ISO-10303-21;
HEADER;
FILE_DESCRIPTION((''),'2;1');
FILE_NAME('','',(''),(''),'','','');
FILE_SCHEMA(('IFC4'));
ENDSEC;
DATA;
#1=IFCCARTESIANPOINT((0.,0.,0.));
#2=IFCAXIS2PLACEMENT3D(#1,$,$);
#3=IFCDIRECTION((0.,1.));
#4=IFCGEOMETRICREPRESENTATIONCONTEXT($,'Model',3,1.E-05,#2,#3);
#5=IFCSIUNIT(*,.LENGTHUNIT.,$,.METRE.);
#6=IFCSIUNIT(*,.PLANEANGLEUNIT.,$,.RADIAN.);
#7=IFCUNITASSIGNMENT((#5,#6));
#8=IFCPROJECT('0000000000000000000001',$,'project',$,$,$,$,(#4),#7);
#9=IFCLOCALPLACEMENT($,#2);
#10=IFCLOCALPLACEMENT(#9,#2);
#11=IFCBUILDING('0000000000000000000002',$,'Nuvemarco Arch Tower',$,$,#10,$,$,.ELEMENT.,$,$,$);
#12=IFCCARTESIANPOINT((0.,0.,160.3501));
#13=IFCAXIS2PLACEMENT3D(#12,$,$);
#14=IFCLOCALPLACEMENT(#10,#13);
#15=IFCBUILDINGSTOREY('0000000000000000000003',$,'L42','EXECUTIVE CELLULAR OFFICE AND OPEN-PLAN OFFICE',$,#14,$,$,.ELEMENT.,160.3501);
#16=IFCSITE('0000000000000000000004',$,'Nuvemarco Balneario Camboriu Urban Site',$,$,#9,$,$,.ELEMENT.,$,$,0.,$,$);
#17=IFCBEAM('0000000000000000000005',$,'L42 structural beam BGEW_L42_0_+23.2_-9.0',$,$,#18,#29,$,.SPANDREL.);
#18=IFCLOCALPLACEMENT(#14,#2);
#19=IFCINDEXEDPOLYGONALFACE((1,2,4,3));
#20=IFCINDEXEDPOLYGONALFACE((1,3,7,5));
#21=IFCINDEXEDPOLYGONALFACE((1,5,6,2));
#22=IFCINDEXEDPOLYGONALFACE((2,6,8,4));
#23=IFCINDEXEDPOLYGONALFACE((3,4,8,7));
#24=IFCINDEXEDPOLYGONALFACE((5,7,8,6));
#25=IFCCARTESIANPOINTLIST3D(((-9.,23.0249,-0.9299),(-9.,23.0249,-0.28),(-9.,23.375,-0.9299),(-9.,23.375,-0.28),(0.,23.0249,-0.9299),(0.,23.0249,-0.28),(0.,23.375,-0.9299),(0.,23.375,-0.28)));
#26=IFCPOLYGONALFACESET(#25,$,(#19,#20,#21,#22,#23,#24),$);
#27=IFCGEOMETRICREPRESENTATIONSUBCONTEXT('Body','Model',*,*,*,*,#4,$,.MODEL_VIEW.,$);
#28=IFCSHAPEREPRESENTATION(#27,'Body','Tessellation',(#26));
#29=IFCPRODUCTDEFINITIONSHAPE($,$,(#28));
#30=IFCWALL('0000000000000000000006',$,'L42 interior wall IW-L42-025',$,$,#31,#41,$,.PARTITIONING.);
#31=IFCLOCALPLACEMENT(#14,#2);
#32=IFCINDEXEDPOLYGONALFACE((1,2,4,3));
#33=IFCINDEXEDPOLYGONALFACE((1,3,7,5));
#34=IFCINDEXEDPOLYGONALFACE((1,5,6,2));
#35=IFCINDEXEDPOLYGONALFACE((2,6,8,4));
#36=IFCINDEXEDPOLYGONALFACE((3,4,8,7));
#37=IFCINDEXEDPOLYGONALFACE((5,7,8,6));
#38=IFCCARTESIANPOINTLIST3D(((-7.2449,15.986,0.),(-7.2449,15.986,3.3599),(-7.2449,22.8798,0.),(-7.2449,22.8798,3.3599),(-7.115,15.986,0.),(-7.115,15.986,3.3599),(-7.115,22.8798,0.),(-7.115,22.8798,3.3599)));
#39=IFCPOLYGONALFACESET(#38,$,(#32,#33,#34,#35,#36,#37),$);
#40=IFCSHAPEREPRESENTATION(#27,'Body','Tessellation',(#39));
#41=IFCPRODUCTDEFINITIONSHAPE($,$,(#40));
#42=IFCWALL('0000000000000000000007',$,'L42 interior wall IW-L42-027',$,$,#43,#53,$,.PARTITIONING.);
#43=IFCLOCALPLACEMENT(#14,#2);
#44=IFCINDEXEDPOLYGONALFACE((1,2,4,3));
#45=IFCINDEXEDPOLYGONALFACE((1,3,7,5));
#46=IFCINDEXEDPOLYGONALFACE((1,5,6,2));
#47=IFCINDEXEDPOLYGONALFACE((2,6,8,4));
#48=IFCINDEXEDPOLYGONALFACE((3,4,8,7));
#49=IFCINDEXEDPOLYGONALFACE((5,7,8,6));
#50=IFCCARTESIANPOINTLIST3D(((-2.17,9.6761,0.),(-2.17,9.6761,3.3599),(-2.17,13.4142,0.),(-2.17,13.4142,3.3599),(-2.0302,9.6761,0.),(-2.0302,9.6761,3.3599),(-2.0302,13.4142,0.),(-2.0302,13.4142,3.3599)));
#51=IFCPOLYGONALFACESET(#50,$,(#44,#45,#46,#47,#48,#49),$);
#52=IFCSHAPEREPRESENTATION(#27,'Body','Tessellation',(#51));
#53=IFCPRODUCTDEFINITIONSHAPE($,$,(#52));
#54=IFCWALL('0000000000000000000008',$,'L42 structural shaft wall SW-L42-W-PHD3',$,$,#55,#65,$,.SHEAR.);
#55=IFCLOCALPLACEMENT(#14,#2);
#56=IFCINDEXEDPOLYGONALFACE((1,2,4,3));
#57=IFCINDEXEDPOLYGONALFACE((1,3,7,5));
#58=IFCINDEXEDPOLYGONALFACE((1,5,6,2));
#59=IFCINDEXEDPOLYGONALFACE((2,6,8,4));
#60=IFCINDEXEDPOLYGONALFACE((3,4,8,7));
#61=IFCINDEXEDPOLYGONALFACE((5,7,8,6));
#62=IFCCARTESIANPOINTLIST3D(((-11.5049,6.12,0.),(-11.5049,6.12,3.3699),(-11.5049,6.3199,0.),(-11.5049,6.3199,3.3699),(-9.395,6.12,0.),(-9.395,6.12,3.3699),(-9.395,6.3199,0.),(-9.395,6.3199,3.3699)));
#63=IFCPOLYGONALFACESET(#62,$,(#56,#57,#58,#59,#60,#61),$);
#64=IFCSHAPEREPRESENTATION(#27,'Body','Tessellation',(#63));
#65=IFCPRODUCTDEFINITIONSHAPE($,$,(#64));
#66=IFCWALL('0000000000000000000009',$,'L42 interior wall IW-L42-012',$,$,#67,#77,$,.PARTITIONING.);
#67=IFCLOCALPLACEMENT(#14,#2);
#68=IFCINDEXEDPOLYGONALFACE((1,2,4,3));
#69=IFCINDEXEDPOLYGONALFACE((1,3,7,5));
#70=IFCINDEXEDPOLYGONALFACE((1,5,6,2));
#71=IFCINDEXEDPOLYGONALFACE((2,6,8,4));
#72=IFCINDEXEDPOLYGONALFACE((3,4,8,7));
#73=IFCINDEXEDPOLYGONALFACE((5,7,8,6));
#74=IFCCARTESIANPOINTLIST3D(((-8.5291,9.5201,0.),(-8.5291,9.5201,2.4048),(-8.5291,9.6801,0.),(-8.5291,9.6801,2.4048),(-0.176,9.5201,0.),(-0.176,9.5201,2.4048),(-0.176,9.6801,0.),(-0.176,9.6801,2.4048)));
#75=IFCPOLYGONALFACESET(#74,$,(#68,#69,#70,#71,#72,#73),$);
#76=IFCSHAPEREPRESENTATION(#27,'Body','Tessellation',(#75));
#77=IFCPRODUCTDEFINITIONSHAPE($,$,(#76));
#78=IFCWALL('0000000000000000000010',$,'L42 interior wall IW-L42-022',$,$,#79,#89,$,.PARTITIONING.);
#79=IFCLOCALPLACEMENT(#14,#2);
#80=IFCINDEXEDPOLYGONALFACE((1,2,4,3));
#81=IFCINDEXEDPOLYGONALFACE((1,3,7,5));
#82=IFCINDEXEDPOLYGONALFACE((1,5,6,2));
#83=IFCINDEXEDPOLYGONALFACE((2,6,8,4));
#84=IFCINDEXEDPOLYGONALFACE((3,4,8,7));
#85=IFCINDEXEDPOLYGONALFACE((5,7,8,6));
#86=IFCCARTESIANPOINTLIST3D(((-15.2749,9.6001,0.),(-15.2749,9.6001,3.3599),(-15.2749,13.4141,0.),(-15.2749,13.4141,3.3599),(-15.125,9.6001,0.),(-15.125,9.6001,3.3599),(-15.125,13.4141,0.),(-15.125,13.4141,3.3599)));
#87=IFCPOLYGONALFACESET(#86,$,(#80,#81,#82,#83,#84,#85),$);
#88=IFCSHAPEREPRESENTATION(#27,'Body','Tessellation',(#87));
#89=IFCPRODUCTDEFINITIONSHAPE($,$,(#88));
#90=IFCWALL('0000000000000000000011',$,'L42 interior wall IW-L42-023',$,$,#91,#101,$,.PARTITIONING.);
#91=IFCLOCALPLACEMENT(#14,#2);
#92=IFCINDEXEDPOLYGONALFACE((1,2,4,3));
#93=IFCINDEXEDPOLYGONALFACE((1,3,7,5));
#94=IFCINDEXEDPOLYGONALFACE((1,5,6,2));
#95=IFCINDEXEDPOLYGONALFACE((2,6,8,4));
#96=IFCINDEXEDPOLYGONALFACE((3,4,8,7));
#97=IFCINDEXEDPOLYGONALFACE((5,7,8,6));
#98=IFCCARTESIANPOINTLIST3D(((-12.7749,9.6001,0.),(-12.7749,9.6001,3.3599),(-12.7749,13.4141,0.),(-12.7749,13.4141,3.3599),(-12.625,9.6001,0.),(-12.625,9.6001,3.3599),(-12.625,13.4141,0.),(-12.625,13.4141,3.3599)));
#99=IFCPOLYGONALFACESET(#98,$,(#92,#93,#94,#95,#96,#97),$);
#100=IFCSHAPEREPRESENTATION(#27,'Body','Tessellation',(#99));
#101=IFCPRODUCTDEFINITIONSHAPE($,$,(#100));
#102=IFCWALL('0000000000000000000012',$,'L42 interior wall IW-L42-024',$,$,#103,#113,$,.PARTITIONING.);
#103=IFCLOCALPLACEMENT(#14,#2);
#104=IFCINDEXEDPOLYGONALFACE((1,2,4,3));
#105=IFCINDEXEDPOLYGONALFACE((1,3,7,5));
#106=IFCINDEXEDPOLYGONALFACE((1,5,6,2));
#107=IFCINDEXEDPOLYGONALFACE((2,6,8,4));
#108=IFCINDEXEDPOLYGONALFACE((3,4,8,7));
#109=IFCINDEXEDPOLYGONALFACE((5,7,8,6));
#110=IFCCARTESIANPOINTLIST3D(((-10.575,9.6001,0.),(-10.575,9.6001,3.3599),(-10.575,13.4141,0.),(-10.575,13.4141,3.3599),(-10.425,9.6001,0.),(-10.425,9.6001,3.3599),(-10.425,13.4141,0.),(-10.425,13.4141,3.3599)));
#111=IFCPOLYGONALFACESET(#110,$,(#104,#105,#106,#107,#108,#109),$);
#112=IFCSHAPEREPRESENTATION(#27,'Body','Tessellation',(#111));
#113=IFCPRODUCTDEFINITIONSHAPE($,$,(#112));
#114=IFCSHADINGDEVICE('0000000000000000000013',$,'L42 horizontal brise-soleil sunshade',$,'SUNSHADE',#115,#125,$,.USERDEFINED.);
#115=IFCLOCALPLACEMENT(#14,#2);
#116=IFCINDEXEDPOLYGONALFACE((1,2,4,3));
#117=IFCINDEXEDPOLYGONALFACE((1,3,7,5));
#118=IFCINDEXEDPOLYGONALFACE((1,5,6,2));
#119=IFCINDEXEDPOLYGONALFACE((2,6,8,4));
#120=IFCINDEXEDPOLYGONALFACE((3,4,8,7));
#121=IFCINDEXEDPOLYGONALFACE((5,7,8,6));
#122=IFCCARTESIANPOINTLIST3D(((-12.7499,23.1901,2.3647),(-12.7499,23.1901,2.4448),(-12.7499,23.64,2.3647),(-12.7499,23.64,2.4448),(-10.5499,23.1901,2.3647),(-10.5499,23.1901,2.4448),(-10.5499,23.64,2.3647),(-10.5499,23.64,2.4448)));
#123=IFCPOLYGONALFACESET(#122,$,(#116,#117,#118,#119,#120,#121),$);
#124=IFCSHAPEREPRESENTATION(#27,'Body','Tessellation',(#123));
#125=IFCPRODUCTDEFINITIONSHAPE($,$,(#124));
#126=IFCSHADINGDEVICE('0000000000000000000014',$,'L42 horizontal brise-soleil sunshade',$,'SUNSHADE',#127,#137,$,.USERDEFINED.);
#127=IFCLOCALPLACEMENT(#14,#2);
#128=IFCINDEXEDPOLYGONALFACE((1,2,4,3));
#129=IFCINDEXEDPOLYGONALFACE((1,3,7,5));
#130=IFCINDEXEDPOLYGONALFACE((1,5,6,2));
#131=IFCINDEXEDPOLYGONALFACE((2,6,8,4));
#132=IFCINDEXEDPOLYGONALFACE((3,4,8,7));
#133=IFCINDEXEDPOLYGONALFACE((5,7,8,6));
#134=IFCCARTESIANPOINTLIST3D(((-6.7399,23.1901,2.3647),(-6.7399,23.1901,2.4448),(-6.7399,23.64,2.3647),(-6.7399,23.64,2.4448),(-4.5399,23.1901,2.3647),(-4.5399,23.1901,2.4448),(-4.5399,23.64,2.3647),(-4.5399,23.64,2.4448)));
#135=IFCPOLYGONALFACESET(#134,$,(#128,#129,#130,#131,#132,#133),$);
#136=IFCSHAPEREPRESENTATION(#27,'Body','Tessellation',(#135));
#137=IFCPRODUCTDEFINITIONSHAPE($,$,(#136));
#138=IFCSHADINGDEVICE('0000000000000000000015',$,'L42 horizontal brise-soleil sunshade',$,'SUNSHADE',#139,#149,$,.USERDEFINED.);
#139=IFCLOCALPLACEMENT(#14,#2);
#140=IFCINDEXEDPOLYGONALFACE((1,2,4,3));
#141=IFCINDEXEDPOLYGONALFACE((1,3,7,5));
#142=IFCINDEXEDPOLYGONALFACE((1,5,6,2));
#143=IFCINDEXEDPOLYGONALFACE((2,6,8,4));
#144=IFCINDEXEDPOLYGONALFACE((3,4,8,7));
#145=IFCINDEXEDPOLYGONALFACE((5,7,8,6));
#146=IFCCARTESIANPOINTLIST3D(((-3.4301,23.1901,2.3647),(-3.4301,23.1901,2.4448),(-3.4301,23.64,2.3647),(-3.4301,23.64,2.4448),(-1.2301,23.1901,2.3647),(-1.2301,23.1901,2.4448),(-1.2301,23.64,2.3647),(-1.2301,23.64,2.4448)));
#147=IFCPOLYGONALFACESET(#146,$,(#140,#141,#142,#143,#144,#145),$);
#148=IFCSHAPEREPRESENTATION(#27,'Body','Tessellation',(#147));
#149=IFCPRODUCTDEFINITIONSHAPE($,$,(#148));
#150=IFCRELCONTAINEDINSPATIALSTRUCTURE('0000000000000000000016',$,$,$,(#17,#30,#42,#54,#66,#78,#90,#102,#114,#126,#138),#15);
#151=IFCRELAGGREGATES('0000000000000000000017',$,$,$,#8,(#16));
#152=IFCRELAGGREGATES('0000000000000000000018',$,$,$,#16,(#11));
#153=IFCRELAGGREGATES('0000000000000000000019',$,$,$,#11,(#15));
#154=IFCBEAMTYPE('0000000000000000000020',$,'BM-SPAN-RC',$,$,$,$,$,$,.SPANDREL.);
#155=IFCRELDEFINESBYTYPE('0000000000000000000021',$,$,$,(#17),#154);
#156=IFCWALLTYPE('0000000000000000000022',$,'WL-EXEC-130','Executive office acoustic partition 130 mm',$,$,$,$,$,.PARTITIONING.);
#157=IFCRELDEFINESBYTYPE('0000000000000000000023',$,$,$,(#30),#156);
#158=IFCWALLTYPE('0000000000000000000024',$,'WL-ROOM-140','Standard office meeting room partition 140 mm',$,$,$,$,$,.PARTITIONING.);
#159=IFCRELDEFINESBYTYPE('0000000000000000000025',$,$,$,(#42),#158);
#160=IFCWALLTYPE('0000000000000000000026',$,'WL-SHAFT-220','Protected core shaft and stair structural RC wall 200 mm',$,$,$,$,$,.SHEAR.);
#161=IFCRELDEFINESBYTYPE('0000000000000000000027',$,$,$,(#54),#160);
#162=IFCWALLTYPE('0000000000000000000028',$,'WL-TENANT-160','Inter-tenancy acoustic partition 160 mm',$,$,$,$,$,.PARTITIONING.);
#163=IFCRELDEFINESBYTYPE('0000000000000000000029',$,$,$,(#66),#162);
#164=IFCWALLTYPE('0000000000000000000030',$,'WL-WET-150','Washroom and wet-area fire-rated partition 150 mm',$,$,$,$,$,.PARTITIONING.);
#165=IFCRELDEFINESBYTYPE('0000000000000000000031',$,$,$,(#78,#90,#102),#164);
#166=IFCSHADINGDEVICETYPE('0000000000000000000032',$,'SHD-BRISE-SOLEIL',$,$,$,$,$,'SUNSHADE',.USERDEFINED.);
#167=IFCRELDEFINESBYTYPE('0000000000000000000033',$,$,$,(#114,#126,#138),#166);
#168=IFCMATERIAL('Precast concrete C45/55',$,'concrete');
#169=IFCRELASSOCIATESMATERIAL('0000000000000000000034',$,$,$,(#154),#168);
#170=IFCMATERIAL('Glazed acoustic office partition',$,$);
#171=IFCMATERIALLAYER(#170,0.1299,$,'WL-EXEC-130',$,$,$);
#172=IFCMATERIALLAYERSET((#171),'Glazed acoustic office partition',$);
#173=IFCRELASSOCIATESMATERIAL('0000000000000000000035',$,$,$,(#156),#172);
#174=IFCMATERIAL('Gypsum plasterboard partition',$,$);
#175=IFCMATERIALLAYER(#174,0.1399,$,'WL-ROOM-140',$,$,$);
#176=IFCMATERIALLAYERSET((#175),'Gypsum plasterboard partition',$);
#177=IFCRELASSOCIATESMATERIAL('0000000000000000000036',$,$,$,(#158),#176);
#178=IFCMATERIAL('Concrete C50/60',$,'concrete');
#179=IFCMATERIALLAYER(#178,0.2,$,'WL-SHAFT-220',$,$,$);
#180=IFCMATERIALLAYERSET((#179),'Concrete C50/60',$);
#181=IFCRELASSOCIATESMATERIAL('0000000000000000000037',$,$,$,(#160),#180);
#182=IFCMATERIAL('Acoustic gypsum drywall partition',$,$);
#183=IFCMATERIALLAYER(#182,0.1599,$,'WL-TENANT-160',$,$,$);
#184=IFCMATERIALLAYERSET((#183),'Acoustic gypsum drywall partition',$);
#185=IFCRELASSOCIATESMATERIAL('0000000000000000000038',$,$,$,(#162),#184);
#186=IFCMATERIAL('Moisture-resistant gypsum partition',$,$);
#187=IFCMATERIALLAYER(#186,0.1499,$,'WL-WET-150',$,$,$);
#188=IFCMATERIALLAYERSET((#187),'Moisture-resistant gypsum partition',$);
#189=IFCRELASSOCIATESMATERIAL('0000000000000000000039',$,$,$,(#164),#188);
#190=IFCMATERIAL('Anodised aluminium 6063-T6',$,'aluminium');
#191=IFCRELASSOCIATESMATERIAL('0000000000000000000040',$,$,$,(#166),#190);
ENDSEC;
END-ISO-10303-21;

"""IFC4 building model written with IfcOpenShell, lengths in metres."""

from ifc_helpers import new_model, si_unit, direction, frame, frame_2d, origin, origin_2d, place, context, subcontext, project, spatial, rectangle, extrude, source, transform, mapped, material, layer, layer_set, material_profile, profile_set, type_object, type_shapes, element, save


model = new_model("IFC4")

# Units and contexts
model_context = context("Model", 3, precision=1e-05, world=origin(), true_north=direction((0.0, 1.0)))
body_context = subcontext(model_context, "Body", "Model", "MODEL_VIEW")
ifc_project = project(units=[si_unit("LENGTHUNIT", "METRE"), si_unit("PLANEANGLEUNIT", "RADIAN")], contexts=[model_context])

# Site, building, storey
site_placement = place(None, origin())
site = spatial("IfcSite", under=ifc_project, at=site_placement, Name="Nuvemarco Balneario Camboriu Urban Site", CompositionType="ELEMENT", RefElevation=0.0)
building_placement = place(site_placement, origin())
building = spatial("IfcBuilding", under=site, at=building_placement, Name="Nuvemarco Arch Tower", CompositionType="ELEMENT")
storey_placement = place(building_placement, frame((0.0, 0.0, 160.3501)))
storey = spatial("IfcBuildingStorey", under=building, at=storey_placement, Name="L42", Description="EXECUTIVE CELLULAR OFFICE AND OPEN-PLAN OFFICE", CompositionType="ELEMENT", Elevation=160.3501)

# Shared definitions
ifc_material_1 = material(Name="Concrete C50/60", Category="concrete")

# Beam
ifc_material_2 = material(Name="Precast concrete C45/55", Category="concrete")
ifc_material_profile_1 = material_profile(ifc_material_2, rectangle(XDim=0.3501, YDim=0.6499, at=origin_2d()), Name="PC-SP-350x650")
ifc_profile_set_1 = profile_set([ifc_material_profile_1], Name="Precast concrete C45/55")
beam_type_1 = type_object("IfcBeamType", Name="BM-SPAN-RC", PredefinedType="SPANDREL", material=ifc_profile_set_1)
beam_1_placement = place(storey_placement, frame((-9.0, 23.2, -0.605), z_axis=(1.0, 0.0, 0.0), x_axis=(0.0, 1.0, 0.0)))
element("IfcBeam", 1, at=beam_1_placement, inside=storey, type_object=beam_type_1, Name="L42 structural beam BGEW_L42_0_+23.2_-9.0", PredefinedType="SPANDREL", context=body_context, shape_type="SweptSolid", body=[
    extrude(rectangle(XDim=0.3501, YDim=0.6499, at=origin_2d()), origin(), (0.0, 0.0, 1.0), 9.0),
])

# Walls
ifc_material_3 = material(Name="Glazed acoustic office partition")
ifc_layer_1 = layer(ifc_material_3, 0.1299, Name="WL-EXEC-130")
ifc_layer_set_1 = layer_set([ifc_layer_1], Name="Glazed acoustic office partition")
wall_type_1 = type_object("IfcWallType", Name="WL-EXEC-130", Description="Executive office acoustic partition 130 mm", PredefinedType="PARTITIONING", material=ifc_layer_set_1)
wall_1_placement = place(storey_placement, frame((-7.1799, 15.9861, 0.0), z_axis=(0.0, 0.0, 1.0), x_axis=(0.0, 1.0, 0.0)))
element("IfcWall", 2, at=wall_1_placement, inside=storey, type_object=wall_type_1, Name="L42 interior wall IW-L42-025", PredefinedType="PARTITIONING", context=body_context, shape_type="SweptSolid", body=[
    extrude(rectangle(XDim=6.8938, YDim=0.1299, at=frame_2d((3.4468, 0.0))), origin(), (0.0, 0.0, 1.0), 3.3599),
])
ifc_material_4 = material(Name="Gypsum plasterboard partition")
ifc_layer_2 = layer(ifc_material_4, 0.1399, Name="WL-ROOM-140")
ifc_layer_set_2 = layer_set([ifc_layer_2], Name="Gypsum plasterboard partition")
wall_type_2 = type_object("IfcWallType", Name="WL-ROOM-140", Description="Standard office meeting room partition 140 mm", PredefinedType="PARTITIONING", material=ifc_layer_set_2)
wall_2_placement = place(storey_placement, frame((-2.1001, 9.676, 0.0), z_axis=(0.0, 0.0, 1.0), x_axis=(0.0, 1.0, 0.0)))
element("IfcWall", 3, at=wall_2_placement, inside=storey, type_object=wall_type_2, Name="L42 interior wall IW-L42-027", PredefinedType="PARTITIONING", context=body_context, shape_type="SweptSolid", body=[
    extrude(rectangle(XDim=3.738, YDim=0.1399, at=frame_2d((1.8691, 0.0))), origin(), (0.0, 0.0, 1.0), 3.3599),
])
ifc_layer_3 = layer(ifc_material_1, 0.2, Name="WL-SHAFT-220")
ifc_layer_set_3 = layer_set([ifc_layer_3], Name="Concrete C50/60")
wall_type_3 = type_object("IfcWallType", Name="WL-SHAFT-220", Description="Protected core shaft and stair structural RC wall 200 mm", PredefinedType="SHEAR", material=ifc_layer_set_3)
wall_3_placement = place(storey_placement, frame((-11.5049, 6.22, 0.0), z_axis=(0.0, 0.0, 1.0), x_axis=(1.0, 0.0, 0.0)))
element("IfcWall", 4, at=wall_3_placement, inside=storey, type_object=wall_type_3, Name="L42 structural shaft wall SW-L42-W-PHD3", PredefinedType="SHEAR", context=body_context, shape_type="SweptSolid", body=[
    extrude(rectangle(XDim=2.1099, YDim=0.2, at=frame_2d((1.0549, 0.0))), origin(), (0.0, 0.0, 1.0), 3.3699),
])
ifc_material_5 = material(Name="Acoustic gypsum drywall partition")
ifc_layer_4 = layer(ifc_material_5, 0.1599, Name="WL-TENANT-160")
ifc_layer_set_4 = layer_set([ifc_layer_4], Name="Acoustic gypsum drywall partition")
wall_type_4 = type_object("IfcWallType", Name="WL-TENANT-160", Description="Inter-tenancy acoustic partition 160 mm", PredefinedType="PARTITIONING", material=ifc_layer_set_4)
wall_4_placement = place(storey_placement, frame((-8.5291, 9.6001, 0.0), z_axis=(0.0, 0.0, 1.0), x_axis=(1.0, 0.0, 0.0)))
element("IfcWall", 5, at=wall_4_placement, inside=storey, type_object=wall_type_4, Name="L42 interior wall IW-L42-012", PredefinedType="PARTITIONING", context=body_context, shape_type="SweptSolid", body=[
    extrude(rectangle(XDim=8.353, YDim=0.1599, at=frame_2d((4.1765, 0.0))), origin(), (0.0, 0.0, 1.0), 2.4048),
])
ifc_material_6 = material(Name="Moisture-resistant gypsum partition")
ifc_layer_5 = layer(ifc_material_6, 0.1499, Name="WL-WET-150")
ifc_layer_set_5 = layer_set([ifc_layer_5], Name="Moisture-resistant gypsum partition")
wall_type_5 = type_object("IfcWallType", Name="WL-WET-150", Description="Washroom and wet-area fire-rated partition 150 mm", PredefinedType="PARTITIONING", material=ifc_layer_set_5)
for number, where, z_axis, x_axis, name in (
    (6, (-15.2, 9.6001, 0.0), (0.0, 0.0, 1.0), (0.0, 1.0, 0.0), "L42 interior wall IW-L42-022"),
    (7, (-12.7, 9.6001, 0.0), (0.0, 0.0, 1.0), (0.0, 1.0, 0.0), "L42 interior wall IW-L42-023"),
    (8, (-10.5, 9.6001, 0.0), (0.0, 0.0, 1.0), (0.0, 1.0, 0.0), "L42 interior wall IW-L42-024"),
):
    element("IfcWall", number, at=place(storey_placement, frame(where, z_axis=z_axis, x_axis=x_axis)), inside=storey, type_object=wall_type_5, Name=name, PredefinedType="PARTITIONING", context=body_context, shape_type="SweptSolid", body=[
        extrude(rectangle(XDim=3.814, YDim=0.1499, at=frame_2d((1.907, 0.0))), origin(), (0.0, 0.0, 1.0), 3.3599),
    ])

# Shading devices
ifc_material_7 = material(Name="Anodised aluminium 6063-T6", Category="aluminium")
shading_device_type = type_object("IfcShadingDeviceType", Name="SHD-BRISE-SOLEIL", ElementType="SUNSHADE", PredefinedType="USERDEFINED", material=ifc_material_7)
shared_shape = source(origin(), body_context, "Body", "SweptSolid", [
    extrude(rectangle(XDim=2.2, YDim=0.45, at=origin_2d()), origin(), (0.0, 0.0, 1.0), 0.0801),
])
type_shapes(shading_device_type, [shared_shape])
for number, where, z_axis, x_axis, name in (
    (9, (-11.6499, 23.415, 2.3647), (0.0, 0.0, 1.0), (1.0, 0.0, 0.0), "L42 horizontal brise-soleil sunshade"),
    (10, (-5.6399, 23.415, 2.3647), (0.0, 0.0, 1.0), (1.0, 0.0, 0.0), "L42 horizontal brise-soleil sunshade"),
    (11, (-2.3301, 23.415, 2.3647), (0.0, 0.0, 1.0), (1.0, 0.0, 0.0), "L42 horizontal brise-soleil sunshade"),
):
    element("IfcShadingDevice", number, at=place(storey_placement, frame(where, z_axis=z_axis, x_axis=x_axis)), inside=storey, type_object=shading_device_type, Name=name, ObjectType="SUNSHADE", PredefinedType="USERDEFINED", context=body_context, shape_type="MappedRepresentation", body=[
        mapped(shared_shape, transform((0.0, 0.0, 0.0), scale=1.0)),
    ])

save(model, "model.ifc")
